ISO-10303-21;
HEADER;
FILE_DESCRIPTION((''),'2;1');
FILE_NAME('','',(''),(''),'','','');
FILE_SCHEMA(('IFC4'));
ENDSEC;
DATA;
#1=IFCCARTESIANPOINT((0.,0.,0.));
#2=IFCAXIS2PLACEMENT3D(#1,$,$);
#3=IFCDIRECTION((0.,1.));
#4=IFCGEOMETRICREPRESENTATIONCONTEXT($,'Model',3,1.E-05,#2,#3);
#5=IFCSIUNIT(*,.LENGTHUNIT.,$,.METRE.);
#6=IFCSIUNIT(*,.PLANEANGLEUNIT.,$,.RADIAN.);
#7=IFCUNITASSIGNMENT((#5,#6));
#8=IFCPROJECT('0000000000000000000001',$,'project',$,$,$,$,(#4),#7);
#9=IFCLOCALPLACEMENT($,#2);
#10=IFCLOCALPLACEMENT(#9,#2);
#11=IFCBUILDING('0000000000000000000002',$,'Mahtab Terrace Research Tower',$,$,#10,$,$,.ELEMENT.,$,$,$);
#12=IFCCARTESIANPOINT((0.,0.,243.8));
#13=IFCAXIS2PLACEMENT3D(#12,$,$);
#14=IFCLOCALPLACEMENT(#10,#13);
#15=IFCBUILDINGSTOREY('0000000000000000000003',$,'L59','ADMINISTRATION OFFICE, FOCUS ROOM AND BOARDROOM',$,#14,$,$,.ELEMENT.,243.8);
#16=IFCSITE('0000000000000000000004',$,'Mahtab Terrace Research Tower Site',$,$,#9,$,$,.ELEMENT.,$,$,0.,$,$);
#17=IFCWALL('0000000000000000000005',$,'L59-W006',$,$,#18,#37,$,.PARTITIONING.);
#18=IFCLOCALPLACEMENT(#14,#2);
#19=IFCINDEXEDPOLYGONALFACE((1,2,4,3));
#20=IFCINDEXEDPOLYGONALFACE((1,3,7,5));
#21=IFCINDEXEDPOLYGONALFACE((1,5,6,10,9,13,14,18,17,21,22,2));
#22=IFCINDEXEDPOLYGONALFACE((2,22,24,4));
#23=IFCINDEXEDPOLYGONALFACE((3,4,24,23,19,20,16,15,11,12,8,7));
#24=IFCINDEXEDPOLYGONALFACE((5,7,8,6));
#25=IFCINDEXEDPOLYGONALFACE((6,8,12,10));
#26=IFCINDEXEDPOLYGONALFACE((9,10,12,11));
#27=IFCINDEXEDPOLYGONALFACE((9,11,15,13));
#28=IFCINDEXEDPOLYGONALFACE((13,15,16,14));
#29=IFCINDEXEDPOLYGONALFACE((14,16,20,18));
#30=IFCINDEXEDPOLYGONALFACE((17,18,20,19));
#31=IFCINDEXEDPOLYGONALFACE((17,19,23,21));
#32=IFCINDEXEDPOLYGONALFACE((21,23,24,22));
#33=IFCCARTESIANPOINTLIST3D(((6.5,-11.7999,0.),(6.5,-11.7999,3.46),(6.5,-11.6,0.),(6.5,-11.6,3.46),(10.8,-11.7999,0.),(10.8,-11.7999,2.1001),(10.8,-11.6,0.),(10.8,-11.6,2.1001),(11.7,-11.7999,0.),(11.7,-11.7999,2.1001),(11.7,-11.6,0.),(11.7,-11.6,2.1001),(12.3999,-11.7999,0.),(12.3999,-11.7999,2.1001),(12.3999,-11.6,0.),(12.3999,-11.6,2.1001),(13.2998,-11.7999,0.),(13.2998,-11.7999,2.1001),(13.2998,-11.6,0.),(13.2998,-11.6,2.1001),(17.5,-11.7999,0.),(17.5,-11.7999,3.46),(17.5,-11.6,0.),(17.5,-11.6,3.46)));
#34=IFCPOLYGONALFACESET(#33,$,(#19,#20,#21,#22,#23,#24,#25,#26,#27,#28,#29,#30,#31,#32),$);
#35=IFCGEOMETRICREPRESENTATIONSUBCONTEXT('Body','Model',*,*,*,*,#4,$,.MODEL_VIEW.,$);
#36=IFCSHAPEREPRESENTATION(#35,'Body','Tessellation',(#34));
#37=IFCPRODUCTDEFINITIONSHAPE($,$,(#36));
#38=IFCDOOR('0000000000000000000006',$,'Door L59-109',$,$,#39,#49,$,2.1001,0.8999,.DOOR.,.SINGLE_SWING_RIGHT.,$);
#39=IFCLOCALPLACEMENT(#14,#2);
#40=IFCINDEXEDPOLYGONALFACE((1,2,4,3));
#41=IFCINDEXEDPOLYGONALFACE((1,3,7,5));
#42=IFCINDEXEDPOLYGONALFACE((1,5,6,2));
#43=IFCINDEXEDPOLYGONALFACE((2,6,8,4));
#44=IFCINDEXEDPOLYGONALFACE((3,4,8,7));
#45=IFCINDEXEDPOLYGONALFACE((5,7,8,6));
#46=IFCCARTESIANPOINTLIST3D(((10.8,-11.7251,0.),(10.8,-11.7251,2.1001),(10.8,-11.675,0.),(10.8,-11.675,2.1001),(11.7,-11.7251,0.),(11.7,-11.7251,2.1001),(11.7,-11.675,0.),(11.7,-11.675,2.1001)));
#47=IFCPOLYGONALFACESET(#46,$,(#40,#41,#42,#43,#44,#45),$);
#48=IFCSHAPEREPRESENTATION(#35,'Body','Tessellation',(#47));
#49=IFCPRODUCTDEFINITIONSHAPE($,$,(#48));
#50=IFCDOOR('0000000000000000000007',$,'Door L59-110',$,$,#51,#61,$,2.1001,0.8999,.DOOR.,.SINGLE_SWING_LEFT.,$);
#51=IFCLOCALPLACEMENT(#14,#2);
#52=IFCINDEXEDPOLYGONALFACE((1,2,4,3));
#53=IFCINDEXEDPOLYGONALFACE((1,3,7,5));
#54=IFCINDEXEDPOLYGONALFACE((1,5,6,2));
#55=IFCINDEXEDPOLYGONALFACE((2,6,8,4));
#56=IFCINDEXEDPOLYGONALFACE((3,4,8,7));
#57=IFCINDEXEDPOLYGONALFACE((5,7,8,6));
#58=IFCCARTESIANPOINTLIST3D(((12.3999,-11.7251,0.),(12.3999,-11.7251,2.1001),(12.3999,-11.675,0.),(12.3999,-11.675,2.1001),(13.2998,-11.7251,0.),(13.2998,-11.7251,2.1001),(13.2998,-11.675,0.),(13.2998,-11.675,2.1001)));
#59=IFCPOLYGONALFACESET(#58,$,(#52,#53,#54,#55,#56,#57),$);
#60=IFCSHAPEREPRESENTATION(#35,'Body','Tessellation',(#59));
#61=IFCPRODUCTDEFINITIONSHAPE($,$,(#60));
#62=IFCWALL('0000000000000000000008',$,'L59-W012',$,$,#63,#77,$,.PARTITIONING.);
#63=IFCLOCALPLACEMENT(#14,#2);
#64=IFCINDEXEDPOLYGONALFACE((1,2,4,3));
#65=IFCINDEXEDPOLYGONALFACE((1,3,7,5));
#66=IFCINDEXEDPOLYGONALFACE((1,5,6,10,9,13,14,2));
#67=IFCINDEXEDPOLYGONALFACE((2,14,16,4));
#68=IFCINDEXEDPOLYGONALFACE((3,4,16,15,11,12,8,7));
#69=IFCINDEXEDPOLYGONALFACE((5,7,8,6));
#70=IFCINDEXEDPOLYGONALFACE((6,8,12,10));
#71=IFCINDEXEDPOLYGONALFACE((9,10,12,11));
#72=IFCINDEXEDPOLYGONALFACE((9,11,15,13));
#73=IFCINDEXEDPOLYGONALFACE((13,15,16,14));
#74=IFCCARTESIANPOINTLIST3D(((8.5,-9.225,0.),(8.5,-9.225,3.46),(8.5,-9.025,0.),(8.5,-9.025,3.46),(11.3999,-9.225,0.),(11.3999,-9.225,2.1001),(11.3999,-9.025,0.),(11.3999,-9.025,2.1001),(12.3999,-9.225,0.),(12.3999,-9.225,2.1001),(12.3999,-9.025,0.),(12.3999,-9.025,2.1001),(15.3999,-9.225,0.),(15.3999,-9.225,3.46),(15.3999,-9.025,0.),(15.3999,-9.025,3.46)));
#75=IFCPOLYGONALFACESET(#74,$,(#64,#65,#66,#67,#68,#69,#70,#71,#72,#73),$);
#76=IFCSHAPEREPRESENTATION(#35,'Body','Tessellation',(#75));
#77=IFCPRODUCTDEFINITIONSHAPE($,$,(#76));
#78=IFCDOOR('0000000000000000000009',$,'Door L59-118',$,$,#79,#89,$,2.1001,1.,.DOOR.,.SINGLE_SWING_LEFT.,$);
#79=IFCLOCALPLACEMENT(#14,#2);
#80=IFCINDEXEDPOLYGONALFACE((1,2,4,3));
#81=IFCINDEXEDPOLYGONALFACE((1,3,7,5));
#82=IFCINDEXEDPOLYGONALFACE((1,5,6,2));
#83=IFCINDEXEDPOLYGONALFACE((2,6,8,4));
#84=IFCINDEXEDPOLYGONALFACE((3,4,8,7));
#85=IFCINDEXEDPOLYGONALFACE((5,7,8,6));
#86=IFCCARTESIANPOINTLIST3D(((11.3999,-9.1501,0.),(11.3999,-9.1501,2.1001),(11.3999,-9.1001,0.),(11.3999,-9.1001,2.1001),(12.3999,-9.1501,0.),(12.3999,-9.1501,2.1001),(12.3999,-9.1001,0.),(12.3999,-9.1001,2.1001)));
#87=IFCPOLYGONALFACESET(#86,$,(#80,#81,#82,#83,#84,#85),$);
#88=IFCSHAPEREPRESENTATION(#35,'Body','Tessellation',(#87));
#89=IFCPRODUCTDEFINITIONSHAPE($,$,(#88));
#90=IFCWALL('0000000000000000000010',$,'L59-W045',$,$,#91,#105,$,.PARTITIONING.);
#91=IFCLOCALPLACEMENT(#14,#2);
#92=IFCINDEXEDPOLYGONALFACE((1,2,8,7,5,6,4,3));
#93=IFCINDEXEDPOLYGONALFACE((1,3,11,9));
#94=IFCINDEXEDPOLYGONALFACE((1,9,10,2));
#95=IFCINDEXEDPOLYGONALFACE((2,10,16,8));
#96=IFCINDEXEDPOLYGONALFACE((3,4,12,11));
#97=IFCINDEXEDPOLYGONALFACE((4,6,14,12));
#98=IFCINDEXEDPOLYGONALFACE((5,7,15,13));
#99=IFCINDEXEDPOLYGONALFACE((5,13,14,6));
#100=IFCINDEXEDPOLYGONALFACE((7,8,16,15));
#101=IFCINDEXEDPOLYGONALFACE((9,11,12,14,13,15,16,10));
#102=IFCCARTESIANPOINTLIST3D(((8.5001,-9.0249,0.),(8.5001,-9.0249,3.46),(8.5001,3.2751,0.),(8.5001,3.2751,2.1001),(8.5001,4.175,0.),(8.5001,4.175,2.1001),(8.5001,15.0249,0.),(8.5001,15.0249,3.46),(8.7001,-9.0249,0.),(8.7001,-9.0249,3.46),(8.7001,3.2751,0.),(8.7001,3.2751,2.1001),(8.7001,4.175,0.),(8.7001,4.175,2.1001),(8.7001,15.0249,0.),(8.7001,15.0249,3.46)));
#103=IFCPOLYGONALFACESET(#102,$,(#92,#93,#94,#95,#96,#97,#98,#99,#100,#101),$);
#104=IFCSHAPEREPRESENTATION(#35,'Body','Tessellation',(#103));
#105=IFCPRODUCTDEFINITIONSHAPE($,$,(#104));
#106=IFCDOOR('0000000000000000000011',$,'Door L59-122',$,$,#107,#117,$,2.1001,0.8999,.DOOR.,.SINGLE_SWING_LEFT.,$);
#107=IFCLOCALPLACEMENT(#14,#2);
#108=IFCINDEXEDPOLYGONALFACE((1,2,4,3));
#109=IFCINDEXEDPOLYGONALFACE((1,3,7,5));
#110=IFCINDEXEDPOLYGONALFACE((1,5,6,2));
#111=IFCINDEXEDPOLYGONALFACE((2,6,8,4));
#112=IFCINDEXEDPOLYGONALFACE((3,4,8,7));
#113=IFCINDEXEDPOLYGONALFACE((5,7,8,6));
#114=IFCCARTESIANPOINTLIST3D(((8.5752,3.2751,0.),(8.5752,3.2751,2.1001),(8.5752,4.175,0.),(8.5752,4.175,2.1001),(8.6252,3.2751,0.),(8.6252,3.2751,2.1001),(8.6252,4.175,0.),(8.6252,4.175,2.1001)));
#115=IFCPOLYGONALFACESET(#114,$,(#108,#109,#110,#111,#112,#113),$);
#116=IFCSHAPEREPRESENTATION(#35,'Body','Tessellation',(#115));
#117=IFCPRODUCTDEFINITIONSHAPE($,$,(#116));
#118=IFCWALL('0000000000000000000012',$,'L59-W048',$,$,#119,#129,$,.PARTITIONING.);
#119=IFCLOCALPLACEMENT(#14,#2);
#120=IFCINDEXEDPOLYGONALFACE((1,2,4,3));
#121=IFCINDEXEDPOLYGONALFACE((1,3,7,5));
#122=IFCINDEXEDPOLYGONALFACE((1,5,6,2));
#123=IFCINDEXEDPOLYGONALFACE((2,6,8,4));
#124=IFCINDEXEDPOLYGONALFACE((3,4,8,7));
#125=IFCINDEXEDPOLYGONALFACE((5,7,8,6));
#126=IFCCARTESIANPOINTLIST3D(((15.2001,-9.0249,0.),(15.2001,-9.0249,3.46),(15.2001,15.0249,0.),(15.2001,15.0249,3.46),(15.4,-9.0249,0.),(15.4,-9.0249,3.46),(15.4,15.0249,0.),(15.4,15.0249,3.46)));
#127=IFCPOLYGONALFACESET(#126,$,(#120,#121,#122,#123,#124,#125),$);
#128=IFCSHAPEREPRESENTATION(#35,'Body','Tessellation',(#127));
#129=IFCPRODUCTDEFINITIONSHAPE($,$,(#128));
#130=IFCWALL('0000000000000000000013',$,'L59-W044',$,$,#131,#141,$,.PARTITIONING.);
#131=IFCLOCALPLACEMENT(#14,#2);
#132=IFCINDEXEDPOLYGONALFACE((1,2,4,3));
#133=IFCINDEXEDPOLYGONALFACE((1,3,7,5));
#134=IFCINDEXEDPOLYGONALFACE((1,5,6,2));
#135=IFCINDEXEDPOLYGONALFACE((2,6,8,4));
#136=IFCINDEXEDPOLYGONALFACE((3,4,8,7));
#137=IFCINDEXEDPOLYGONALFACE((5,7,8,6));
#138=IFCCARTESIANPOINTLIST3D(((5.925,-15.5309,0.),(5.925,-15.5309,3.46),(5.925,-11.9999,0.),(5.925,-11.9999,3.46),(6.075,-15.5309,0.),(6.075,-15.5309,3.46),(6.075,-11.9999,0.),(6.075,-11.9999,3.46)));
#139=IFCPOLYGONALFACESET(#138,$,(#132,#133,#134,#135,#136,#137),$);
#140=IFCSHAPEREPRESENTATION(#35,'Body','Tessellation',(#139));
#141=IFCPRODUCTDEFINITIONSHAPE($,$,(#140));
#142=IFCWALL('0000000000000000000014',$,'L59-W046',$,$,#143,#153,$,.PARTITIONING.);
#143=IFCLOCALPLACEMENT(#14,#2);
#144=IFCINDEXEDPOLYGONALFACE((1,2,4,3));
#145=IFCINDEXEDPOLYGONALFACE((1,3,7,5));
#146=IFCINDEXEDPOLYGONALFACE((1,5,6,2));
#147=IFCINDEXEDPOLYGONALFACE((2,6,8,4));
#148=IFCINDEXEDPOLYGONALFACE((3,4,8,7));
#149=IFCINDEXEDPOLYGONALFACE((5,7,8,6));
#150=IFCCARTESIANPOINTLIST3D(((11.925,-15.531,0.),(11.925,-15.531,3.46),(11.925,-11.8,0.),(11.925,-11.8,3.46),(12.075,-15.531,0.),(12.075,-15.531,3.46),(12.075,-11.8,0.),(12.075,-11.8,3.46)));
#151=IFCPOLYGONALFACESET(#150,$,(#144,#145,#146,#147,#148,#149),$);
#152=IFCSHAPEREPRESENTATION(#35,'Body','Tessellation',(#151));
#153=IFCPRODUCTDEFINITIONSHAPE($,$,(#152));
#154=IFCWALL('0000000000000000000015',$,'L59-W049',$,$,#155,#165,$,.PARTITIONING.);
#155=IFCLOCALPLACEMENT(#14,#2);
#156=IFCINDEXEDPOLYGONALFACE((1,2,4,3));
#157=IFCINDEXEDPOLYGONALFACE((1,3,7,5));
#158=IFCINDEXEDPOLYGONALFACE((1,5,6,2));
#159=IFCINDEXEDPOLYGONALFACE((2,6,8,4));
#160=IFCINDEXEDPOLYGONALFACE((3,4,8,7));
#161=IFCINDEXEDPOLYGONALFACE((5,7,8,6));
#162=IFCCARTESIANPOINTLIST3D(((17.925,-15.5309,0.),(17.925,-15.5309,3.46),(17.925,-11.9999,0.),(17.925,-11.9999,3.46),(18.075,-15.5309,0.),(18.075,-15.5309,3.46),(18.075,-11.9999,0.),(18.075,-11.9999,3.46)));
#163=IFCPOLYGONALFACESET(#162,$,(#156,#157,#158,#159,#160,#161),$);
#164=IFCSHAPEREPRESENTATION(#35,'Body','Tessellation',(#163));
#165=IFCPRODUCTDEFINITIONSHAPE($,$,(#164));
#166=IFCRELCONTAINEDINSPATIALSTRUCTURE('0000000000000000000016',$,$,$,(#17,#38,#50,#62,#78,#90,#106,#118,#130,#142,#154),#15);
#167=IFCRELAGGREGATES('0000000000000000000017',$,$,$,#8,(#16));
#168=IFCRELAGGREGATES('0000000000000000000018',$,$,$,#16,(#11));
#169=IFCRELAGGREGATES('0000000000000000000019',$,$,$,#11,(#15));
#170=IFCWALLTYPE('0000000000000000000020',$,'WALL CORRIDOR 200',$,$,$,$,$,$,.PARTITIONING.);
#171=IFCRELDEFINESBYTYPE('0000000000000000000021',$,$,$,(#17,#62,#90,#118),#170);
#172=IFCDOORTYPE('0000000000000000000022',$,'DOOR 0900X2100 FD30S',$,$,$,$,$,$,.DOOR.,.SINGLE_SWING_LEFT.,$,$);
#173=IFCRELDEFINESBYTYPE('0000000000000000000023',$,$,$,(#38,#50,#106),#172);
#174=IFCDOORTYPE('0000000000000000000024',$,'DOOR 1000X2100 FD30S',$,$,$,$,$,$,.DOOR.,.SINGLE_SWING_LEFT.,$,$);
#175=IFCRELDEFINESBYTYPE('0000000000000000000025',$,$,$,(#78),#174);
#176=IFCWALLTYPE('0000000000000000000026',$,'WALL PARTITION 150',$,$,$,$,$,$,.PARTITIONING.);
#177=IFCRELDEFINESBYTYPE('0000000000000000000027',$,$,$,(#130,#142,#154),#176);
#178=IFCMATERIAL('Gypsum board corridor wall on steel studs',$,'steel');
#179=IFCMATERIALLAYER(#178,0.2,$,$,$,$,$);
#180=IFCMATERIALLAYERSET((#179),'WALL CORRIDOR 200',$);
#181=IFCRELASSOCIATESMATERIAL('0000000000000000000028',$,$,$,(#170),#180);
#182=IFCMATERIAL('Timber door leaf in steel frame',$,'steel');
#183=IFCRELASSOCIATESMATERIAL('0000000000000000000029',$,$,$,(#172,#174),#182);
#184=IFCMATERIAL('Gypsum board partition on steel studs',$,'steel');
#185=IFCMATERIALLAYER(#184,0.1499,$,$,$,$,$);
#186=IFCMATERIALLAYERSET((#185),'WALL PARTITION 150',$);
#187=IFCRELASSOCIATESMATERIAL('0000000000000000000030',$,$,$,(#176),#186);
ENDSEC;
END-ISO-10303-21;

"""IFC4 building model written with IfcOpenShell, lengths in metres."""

from ifc_helpers import new_model, si_unit, direction, frame, frame_2d, origin, place, context, subcontext, project, spatial, rectangle, extrude, material, layer, layer_set, type_object, element, fill, save


model = new_model("IFC4")

# Units and contexts
model_context = context("Model", 3, precision=1e-05, world=origin(), true_north=direction((0.0, 1.0)))
body_context = subcontext(model_context, "Body", "Model", "MODEL_VIEW")
ifc_project = project(units=[si_unit("LENGTHUNIT", "METRE"), si_unit("PLANEANGLEUNIT", "RADIAN")], contexts=[model_context])

# Site, building, storey
site_placement = place(None, origin())
site = spatial("IfcSite", under=ifc_project, at=site_placement, Name="Mahtab Terrace Research Tower Site", CompositionType="ELEMENT", RefElevation=0.0)
building_placement = place(site_placement, origin())
building = spatial("IfcBuilding", under=site, at=building_placement, Name="Mahtab Terrace Research Tower", CompositionType="ELEMENT")
storey_placement = place(building_placement, frame((0.0, 0.0, 243.8)))
storey = spatial("IfcBuildingStorey", under=building, at=storey_placement, Name="L59", Description="ADMINISTRATION OFFICE, FOCUS ROOM AND BOARDROOM", CompositionType="ELEMENT", Elevation=243.8)

# Wall, openings, doors
ifc_material_1 = material(Name="Gypsum board corridor wall on steel studs", Category="steel")
ifc_layer_1 = layer(ifc_material_1, 0.2)
ifc_layer_set_1 = layer_set([ifc_layer_1], Name="WALL CORRIDOR 200")
wall_type_1 = type_object("IfcWallType", Name="WALL CORRIDOR 200", PredefinedType="PARTITIONING", material=ifc_layer_set_1)
wall_1_placement = place(storey_placement, frame((6.5, -11.7, 0.0), z_axis=(0.0, 0.0, 1.0), x_axis=(1.0, 0.0, 0.0)))
wall_1 = element("IfcWall", 1, at=wall_1_placement, inside=storey, type_object=wall_type_1, Name="L59-W006", PredefinedType="PARTITIONING", context=body_context, shape_type="SweptSolid", body=[
    extrude(rectangle(XDim=11.0, YDim=0.2, at=frame_2d((5.5, 0.0))), origin(), (0.0, 0.0, 1.0), 3.46),
])
opening_1_placement = place(wall_1_placement, frame((4.3, 0.0, 0.0)))
opening_1 = element("IfcOpeningElement", 2, at=opening_1_placement, cuts=wall_1, PredefinedType="OPENING", context=body_context, shape_type="SweptSolid", body=[
    extrude(rectangle(XDim=0.8999, YDim=2.1001, at=frame_2d((0.45, 1.05))), frame((0.0, 0.1099, 0.0), z_axis=(0.0, -1.0, 0.0), x_axis=(1.0, 0.0, 0.0)), (0.0, 0.0, 1.0), 0.22),
])
opening_2_placement = place(wall_1_placement, frame((5.8999, 0.0, 0.0)))
opening_2 = element("IfcOpeningElement", 3, at=opening_2_placement, cuts=wall_1, PredefinedType="OPENING", context=body_context, shape_type="SweptSolid", body=[
    extrude(rectangle(XDim=0.8999, YDim=2.1001, at=frame_2d((0.45, 1.05))), frame((0.0, 0.1099, 0.0), z_axis=(0.0, -1.0, 0.0), x_axis=(1.0, 0.0, 0.0)), (0.0, 0.0, 1.0), 0.22),
])
ifc_material_2 = material(Name="Timber door leaf in steel frame", Category="steel")
door_type_1 = type_object("IfcDoorType", Name="DOOR 0900X2100 FD30S", OperationType="SINGLE_SWING_LEFT", PredefinedType="DOOR", material=ifc_material_2)
door_1_placement = place(opening_1_placement, origin())
door_1 = element("IfcDoor", 4, at=door_1_placement, inside=storey, type_object=door_type_1, Name="Door L59-109", OperationType="SINGLE_SWING_RIGHT", OverallHeight=2.1001, OverallWidth=0.8999, PredefinedType="DOOR", context=body_context, shape_type="SweptSolid", body=[
    extrude(rectangle(XDim=0.8999, YDim=2.1001, at=frame_2d((0.45, 1.05))), frame((0.0, 0.0249, 0.0), z_axis=(0.0, -1.0, 0.0), x_axis=(1.0, 0.0, 0.0)), (0.0, 0.0, 1.0), 0.05),
])
fill(opening_1, door_1)
door_2_placement = place(opening_2_placement, origin())
door_2 = element("IfcDoor", 5, at=door_2_placement, inside=storey, type_object=door_type_1, Name="Door L59-110", OperationType="SINGLE_SWING_LEFT", OverallHeight=2.1001, OverallWidth=0.8999, PredefinedType="DOOR", context=body_context, shape_type="SweptSolid", body=[
    extrude(rectangle(XDim=0.8999, YDim=2.1001, at=frame_2d((0.45, 1.05))), frame((0.0, 0.0249, 0.0), z_axis=(0.0, -1.0, 0.0), x_axis=(1.0, 0.0, 0.0)), (0.0, 0.0, 1.0), 0.05),
])
fill(opening_2, door_2)

# Walls, openings, doors
wall_2_placement = place(storey_placement, frame((8.5, -9.125, 0.0), z_axis=(0.0, 0.0, 1.0), x_axis=(1.0, 0.0, 0.0)))
wall_2 = element("IfcWall", 6, at=wall_2_placement, inside=storey, type_object=wall_type_1, Name="L59-W012", PredefinedType="PARTITIONING", context=body_context, shape_type="SweptSolid", body=[
    extrude(rectangle(XDim=6.8999, YDim=0.2, at=frame_2d((3.45, 0.0))), origin(), (0.0, 0.0, 1.0), 3.46),
])
opening_3_placement = place(wall_2_placement, frame((2.8999, 0.0, 0.0)))
opening_3 = element("IfcOpeningElement", 7, at=opening_3_placement, cuts=wall_2, PredefinedType="OPENING", context=body_context, shape_type="SweptSolid", body=[
    extrude(rectangle(XDim=1.0, YDim=2.1001, at=frame_2d((0.5, 1.05))), frame((0.0, 0.1099, 0.0), z_axis=(0.0, -1.0, 0.0), x_axis=(1.0, 0.0, 0.0)), (0.0, 0.0, 1.0), 0.22),
])
door_type_2 = type_object("IfcDoorType", Name="DOOR 1000X2100 FD30S", OperationType="SINGLE_SWING_LEFT", PredefinedType="DOOR", material=ifc_material_2)
door_3_placement = place(opening_3_placement, origin())
door_3 = element("IfcDoor", 8, at=door_3_placement, inside=storey, type_object=door_type_2, Name="Door L59-118", OperationType="SINGLE_SWING_LEFT", OverallHeight=2.1001, OverallWidth=1.0, PredefinedType="DOOR", context=body_context, shape_type="SweptSolid", body=[
    extrude(rectangle(XDim=1.0, YDim=2.1001, at=frame_2d((0.5, 1.05))), frame((0.0, 0.0249, 0.0), z_axis=(0.0, -1.0, 0.0), x_axis=(1.0, 0.0, 0.0)), (0.0, 0.0, 1.0), 0.05),
])
fill(opening_3, door_3)
wall_3_placement = place(storey_placement, frame((8.6001, -9.0249, 0.0), z_axis=(0.0, 0.0, 1.0), x_axis=(0.0, 1.0, 0.0)))
wall_3 = element("IfcWall", 9, at=wall_3_placement, inside=storey, type_object=wall_type_1, Name="L59-W045", PredefinedType="PARTITIONING", context=body_context, shape_type="SweptSolid", body=[
    extrude(rectangle(XDim=24.0498, YDim=0.2, at=frame_2d((12.0249, 0.0))), origin(), (0.0, 0.0, 1.0), 3.46),
])
opening_4_placement = place(wall_3_placement, frame((12.3, 0.0, 0.0)))
opening_4 = element("IfcOpeningElement", 10, at=opening_4_placement, cuts=wall_3, PredefinedType="OPENING", context=body_context, shape_type="SweptSolid", body=[
    extrude(rectangle(XDim=0.8999, YDim=2.1001, at=frame_2d((0.45, 1.05))), frame((0.0, 0.1099, 0.0), z_axis=(0.0, -1.0, 0.0), x_axis=(1.0, 0.0, 0.0)), (0.0, 0.0, 1.0), 0.22),
])
door_4_placement = place(opening_4_placement, origin())
door_4 = element("IfcDoor", 11, at=door_4_placement, inside=storey, type_object=door_type_1, Name="Door L59-122", OperationType="SINGLE_SWING_LEFT", OverallHeight=2.1001, OverallWidth=0.8999, PredefinedType="DOOR", context=body_context, shape_type="SweptSolid", body=[
    extrude(rectangle(XDim=0.8999, YDim=2.1001, at=frame_2d((0.45, 1.05))), frame((0.0, 0.0249, 0.0), z_axis=(0.0, -1.0, 0.0), x_axis=(1.0, 0.0, 0.0)), (0.0, 0.0, 1.0), 0.05),
])
fill(opening_4, door_4)

# Walls
wall_4_placement = place(storey_placement, frame((15.3, -9.0249, 0.0), z_axis=(0.0, 0.0, 1.0), x_axis=(0.0, 1.0, 0.0)))
element("IfcWall", 12, at=wall_4_placement, inside=storey, type_object=wall_type_1, Name="L59-W048", PredefinedType="PARTITIONING", context=body_context, shape_type="SweptSolid", body=[
    extrude(rectangle(XDim=24.0498, YDim=0.2, at=frame_2d((12.0249, 0.0))), origin(), (0.0, 0.0, 1.0), 3.46),
])
ifc_material_3 = material(Name="Gypsum board partition on steel studs", Category="steel")
ifc_layer_2 = layer(ifc_material_3, 0.1499)
ifc_layer_set_2 = layer_set([ifc_layer_2], Name="WALL PARTITION 150")
wall_type_2 = type_object("IfcWallType", Name="WALL PARTITION 150", PredefinedType="PARTITIONING", material=ifc_layer_set_2)
wall_5_placement = place(storey_placement, frame((6.0, -15.531, 0.0), z_axis=(0.0, 0.0, 1.0), x_axis=(0.0, 1.0, 0.0)))
element("IfcWall", 13, at=wall_5_placement, inside=storey, type_object=wall_type_2, Name="L59-W044", PredefinedType="PARTITIONING", context=body_context, shape_type="SweptSolid", body=[
    extrude(rectangle(XDim=3.531, YDim=0.1499, at=frame_2d((1.7656, 0.0))), origin(), (0.0, 0.0, 1.0), 3.46),
])
wall_6_placement = place(storey_placement, frame((12.0, -15.531, 0.0), z_axis=(0.0, 0.0, 1.0), x_axis=(0.0, 1.0, 0.0)))
element("IfcWall", 14, at=wall_6_placement, inside=storey, type_object=wall_type_2, Name="L59-W046", PredefinedType="PARTITIONING", context=body_context, shape_type="SweptSolid", body=[
    extrude(rectangle(XDim=3.731, YDim=0.1499, at=frame_2d((1.8655, 0.0))), origin(), (0.0, 0.0, 1.0), 3.46),
])
wall_7_placement = place(storey_placement, frame((18.0, -15.531, 0.0), z_axis=(0.0, 0.0, 1.0), x_axis=(0.0, 1.0, 0.0)))
element("IfcWall", 15, at=wall_7_placement, inside=storey, type_object=wall_type_2, Name="L59-W049", PredefinedType="PARTITIONING", context=body_context, shape_type="SweptSolid", body=[
    extrude(rectangle(XDim=3.531, YDim=0.1499, at=frame_2d((1.7656, 0.0))), origin(), (0.0, 0.0, 1.0), 3.46),
])

save(model, "model.ifc")
